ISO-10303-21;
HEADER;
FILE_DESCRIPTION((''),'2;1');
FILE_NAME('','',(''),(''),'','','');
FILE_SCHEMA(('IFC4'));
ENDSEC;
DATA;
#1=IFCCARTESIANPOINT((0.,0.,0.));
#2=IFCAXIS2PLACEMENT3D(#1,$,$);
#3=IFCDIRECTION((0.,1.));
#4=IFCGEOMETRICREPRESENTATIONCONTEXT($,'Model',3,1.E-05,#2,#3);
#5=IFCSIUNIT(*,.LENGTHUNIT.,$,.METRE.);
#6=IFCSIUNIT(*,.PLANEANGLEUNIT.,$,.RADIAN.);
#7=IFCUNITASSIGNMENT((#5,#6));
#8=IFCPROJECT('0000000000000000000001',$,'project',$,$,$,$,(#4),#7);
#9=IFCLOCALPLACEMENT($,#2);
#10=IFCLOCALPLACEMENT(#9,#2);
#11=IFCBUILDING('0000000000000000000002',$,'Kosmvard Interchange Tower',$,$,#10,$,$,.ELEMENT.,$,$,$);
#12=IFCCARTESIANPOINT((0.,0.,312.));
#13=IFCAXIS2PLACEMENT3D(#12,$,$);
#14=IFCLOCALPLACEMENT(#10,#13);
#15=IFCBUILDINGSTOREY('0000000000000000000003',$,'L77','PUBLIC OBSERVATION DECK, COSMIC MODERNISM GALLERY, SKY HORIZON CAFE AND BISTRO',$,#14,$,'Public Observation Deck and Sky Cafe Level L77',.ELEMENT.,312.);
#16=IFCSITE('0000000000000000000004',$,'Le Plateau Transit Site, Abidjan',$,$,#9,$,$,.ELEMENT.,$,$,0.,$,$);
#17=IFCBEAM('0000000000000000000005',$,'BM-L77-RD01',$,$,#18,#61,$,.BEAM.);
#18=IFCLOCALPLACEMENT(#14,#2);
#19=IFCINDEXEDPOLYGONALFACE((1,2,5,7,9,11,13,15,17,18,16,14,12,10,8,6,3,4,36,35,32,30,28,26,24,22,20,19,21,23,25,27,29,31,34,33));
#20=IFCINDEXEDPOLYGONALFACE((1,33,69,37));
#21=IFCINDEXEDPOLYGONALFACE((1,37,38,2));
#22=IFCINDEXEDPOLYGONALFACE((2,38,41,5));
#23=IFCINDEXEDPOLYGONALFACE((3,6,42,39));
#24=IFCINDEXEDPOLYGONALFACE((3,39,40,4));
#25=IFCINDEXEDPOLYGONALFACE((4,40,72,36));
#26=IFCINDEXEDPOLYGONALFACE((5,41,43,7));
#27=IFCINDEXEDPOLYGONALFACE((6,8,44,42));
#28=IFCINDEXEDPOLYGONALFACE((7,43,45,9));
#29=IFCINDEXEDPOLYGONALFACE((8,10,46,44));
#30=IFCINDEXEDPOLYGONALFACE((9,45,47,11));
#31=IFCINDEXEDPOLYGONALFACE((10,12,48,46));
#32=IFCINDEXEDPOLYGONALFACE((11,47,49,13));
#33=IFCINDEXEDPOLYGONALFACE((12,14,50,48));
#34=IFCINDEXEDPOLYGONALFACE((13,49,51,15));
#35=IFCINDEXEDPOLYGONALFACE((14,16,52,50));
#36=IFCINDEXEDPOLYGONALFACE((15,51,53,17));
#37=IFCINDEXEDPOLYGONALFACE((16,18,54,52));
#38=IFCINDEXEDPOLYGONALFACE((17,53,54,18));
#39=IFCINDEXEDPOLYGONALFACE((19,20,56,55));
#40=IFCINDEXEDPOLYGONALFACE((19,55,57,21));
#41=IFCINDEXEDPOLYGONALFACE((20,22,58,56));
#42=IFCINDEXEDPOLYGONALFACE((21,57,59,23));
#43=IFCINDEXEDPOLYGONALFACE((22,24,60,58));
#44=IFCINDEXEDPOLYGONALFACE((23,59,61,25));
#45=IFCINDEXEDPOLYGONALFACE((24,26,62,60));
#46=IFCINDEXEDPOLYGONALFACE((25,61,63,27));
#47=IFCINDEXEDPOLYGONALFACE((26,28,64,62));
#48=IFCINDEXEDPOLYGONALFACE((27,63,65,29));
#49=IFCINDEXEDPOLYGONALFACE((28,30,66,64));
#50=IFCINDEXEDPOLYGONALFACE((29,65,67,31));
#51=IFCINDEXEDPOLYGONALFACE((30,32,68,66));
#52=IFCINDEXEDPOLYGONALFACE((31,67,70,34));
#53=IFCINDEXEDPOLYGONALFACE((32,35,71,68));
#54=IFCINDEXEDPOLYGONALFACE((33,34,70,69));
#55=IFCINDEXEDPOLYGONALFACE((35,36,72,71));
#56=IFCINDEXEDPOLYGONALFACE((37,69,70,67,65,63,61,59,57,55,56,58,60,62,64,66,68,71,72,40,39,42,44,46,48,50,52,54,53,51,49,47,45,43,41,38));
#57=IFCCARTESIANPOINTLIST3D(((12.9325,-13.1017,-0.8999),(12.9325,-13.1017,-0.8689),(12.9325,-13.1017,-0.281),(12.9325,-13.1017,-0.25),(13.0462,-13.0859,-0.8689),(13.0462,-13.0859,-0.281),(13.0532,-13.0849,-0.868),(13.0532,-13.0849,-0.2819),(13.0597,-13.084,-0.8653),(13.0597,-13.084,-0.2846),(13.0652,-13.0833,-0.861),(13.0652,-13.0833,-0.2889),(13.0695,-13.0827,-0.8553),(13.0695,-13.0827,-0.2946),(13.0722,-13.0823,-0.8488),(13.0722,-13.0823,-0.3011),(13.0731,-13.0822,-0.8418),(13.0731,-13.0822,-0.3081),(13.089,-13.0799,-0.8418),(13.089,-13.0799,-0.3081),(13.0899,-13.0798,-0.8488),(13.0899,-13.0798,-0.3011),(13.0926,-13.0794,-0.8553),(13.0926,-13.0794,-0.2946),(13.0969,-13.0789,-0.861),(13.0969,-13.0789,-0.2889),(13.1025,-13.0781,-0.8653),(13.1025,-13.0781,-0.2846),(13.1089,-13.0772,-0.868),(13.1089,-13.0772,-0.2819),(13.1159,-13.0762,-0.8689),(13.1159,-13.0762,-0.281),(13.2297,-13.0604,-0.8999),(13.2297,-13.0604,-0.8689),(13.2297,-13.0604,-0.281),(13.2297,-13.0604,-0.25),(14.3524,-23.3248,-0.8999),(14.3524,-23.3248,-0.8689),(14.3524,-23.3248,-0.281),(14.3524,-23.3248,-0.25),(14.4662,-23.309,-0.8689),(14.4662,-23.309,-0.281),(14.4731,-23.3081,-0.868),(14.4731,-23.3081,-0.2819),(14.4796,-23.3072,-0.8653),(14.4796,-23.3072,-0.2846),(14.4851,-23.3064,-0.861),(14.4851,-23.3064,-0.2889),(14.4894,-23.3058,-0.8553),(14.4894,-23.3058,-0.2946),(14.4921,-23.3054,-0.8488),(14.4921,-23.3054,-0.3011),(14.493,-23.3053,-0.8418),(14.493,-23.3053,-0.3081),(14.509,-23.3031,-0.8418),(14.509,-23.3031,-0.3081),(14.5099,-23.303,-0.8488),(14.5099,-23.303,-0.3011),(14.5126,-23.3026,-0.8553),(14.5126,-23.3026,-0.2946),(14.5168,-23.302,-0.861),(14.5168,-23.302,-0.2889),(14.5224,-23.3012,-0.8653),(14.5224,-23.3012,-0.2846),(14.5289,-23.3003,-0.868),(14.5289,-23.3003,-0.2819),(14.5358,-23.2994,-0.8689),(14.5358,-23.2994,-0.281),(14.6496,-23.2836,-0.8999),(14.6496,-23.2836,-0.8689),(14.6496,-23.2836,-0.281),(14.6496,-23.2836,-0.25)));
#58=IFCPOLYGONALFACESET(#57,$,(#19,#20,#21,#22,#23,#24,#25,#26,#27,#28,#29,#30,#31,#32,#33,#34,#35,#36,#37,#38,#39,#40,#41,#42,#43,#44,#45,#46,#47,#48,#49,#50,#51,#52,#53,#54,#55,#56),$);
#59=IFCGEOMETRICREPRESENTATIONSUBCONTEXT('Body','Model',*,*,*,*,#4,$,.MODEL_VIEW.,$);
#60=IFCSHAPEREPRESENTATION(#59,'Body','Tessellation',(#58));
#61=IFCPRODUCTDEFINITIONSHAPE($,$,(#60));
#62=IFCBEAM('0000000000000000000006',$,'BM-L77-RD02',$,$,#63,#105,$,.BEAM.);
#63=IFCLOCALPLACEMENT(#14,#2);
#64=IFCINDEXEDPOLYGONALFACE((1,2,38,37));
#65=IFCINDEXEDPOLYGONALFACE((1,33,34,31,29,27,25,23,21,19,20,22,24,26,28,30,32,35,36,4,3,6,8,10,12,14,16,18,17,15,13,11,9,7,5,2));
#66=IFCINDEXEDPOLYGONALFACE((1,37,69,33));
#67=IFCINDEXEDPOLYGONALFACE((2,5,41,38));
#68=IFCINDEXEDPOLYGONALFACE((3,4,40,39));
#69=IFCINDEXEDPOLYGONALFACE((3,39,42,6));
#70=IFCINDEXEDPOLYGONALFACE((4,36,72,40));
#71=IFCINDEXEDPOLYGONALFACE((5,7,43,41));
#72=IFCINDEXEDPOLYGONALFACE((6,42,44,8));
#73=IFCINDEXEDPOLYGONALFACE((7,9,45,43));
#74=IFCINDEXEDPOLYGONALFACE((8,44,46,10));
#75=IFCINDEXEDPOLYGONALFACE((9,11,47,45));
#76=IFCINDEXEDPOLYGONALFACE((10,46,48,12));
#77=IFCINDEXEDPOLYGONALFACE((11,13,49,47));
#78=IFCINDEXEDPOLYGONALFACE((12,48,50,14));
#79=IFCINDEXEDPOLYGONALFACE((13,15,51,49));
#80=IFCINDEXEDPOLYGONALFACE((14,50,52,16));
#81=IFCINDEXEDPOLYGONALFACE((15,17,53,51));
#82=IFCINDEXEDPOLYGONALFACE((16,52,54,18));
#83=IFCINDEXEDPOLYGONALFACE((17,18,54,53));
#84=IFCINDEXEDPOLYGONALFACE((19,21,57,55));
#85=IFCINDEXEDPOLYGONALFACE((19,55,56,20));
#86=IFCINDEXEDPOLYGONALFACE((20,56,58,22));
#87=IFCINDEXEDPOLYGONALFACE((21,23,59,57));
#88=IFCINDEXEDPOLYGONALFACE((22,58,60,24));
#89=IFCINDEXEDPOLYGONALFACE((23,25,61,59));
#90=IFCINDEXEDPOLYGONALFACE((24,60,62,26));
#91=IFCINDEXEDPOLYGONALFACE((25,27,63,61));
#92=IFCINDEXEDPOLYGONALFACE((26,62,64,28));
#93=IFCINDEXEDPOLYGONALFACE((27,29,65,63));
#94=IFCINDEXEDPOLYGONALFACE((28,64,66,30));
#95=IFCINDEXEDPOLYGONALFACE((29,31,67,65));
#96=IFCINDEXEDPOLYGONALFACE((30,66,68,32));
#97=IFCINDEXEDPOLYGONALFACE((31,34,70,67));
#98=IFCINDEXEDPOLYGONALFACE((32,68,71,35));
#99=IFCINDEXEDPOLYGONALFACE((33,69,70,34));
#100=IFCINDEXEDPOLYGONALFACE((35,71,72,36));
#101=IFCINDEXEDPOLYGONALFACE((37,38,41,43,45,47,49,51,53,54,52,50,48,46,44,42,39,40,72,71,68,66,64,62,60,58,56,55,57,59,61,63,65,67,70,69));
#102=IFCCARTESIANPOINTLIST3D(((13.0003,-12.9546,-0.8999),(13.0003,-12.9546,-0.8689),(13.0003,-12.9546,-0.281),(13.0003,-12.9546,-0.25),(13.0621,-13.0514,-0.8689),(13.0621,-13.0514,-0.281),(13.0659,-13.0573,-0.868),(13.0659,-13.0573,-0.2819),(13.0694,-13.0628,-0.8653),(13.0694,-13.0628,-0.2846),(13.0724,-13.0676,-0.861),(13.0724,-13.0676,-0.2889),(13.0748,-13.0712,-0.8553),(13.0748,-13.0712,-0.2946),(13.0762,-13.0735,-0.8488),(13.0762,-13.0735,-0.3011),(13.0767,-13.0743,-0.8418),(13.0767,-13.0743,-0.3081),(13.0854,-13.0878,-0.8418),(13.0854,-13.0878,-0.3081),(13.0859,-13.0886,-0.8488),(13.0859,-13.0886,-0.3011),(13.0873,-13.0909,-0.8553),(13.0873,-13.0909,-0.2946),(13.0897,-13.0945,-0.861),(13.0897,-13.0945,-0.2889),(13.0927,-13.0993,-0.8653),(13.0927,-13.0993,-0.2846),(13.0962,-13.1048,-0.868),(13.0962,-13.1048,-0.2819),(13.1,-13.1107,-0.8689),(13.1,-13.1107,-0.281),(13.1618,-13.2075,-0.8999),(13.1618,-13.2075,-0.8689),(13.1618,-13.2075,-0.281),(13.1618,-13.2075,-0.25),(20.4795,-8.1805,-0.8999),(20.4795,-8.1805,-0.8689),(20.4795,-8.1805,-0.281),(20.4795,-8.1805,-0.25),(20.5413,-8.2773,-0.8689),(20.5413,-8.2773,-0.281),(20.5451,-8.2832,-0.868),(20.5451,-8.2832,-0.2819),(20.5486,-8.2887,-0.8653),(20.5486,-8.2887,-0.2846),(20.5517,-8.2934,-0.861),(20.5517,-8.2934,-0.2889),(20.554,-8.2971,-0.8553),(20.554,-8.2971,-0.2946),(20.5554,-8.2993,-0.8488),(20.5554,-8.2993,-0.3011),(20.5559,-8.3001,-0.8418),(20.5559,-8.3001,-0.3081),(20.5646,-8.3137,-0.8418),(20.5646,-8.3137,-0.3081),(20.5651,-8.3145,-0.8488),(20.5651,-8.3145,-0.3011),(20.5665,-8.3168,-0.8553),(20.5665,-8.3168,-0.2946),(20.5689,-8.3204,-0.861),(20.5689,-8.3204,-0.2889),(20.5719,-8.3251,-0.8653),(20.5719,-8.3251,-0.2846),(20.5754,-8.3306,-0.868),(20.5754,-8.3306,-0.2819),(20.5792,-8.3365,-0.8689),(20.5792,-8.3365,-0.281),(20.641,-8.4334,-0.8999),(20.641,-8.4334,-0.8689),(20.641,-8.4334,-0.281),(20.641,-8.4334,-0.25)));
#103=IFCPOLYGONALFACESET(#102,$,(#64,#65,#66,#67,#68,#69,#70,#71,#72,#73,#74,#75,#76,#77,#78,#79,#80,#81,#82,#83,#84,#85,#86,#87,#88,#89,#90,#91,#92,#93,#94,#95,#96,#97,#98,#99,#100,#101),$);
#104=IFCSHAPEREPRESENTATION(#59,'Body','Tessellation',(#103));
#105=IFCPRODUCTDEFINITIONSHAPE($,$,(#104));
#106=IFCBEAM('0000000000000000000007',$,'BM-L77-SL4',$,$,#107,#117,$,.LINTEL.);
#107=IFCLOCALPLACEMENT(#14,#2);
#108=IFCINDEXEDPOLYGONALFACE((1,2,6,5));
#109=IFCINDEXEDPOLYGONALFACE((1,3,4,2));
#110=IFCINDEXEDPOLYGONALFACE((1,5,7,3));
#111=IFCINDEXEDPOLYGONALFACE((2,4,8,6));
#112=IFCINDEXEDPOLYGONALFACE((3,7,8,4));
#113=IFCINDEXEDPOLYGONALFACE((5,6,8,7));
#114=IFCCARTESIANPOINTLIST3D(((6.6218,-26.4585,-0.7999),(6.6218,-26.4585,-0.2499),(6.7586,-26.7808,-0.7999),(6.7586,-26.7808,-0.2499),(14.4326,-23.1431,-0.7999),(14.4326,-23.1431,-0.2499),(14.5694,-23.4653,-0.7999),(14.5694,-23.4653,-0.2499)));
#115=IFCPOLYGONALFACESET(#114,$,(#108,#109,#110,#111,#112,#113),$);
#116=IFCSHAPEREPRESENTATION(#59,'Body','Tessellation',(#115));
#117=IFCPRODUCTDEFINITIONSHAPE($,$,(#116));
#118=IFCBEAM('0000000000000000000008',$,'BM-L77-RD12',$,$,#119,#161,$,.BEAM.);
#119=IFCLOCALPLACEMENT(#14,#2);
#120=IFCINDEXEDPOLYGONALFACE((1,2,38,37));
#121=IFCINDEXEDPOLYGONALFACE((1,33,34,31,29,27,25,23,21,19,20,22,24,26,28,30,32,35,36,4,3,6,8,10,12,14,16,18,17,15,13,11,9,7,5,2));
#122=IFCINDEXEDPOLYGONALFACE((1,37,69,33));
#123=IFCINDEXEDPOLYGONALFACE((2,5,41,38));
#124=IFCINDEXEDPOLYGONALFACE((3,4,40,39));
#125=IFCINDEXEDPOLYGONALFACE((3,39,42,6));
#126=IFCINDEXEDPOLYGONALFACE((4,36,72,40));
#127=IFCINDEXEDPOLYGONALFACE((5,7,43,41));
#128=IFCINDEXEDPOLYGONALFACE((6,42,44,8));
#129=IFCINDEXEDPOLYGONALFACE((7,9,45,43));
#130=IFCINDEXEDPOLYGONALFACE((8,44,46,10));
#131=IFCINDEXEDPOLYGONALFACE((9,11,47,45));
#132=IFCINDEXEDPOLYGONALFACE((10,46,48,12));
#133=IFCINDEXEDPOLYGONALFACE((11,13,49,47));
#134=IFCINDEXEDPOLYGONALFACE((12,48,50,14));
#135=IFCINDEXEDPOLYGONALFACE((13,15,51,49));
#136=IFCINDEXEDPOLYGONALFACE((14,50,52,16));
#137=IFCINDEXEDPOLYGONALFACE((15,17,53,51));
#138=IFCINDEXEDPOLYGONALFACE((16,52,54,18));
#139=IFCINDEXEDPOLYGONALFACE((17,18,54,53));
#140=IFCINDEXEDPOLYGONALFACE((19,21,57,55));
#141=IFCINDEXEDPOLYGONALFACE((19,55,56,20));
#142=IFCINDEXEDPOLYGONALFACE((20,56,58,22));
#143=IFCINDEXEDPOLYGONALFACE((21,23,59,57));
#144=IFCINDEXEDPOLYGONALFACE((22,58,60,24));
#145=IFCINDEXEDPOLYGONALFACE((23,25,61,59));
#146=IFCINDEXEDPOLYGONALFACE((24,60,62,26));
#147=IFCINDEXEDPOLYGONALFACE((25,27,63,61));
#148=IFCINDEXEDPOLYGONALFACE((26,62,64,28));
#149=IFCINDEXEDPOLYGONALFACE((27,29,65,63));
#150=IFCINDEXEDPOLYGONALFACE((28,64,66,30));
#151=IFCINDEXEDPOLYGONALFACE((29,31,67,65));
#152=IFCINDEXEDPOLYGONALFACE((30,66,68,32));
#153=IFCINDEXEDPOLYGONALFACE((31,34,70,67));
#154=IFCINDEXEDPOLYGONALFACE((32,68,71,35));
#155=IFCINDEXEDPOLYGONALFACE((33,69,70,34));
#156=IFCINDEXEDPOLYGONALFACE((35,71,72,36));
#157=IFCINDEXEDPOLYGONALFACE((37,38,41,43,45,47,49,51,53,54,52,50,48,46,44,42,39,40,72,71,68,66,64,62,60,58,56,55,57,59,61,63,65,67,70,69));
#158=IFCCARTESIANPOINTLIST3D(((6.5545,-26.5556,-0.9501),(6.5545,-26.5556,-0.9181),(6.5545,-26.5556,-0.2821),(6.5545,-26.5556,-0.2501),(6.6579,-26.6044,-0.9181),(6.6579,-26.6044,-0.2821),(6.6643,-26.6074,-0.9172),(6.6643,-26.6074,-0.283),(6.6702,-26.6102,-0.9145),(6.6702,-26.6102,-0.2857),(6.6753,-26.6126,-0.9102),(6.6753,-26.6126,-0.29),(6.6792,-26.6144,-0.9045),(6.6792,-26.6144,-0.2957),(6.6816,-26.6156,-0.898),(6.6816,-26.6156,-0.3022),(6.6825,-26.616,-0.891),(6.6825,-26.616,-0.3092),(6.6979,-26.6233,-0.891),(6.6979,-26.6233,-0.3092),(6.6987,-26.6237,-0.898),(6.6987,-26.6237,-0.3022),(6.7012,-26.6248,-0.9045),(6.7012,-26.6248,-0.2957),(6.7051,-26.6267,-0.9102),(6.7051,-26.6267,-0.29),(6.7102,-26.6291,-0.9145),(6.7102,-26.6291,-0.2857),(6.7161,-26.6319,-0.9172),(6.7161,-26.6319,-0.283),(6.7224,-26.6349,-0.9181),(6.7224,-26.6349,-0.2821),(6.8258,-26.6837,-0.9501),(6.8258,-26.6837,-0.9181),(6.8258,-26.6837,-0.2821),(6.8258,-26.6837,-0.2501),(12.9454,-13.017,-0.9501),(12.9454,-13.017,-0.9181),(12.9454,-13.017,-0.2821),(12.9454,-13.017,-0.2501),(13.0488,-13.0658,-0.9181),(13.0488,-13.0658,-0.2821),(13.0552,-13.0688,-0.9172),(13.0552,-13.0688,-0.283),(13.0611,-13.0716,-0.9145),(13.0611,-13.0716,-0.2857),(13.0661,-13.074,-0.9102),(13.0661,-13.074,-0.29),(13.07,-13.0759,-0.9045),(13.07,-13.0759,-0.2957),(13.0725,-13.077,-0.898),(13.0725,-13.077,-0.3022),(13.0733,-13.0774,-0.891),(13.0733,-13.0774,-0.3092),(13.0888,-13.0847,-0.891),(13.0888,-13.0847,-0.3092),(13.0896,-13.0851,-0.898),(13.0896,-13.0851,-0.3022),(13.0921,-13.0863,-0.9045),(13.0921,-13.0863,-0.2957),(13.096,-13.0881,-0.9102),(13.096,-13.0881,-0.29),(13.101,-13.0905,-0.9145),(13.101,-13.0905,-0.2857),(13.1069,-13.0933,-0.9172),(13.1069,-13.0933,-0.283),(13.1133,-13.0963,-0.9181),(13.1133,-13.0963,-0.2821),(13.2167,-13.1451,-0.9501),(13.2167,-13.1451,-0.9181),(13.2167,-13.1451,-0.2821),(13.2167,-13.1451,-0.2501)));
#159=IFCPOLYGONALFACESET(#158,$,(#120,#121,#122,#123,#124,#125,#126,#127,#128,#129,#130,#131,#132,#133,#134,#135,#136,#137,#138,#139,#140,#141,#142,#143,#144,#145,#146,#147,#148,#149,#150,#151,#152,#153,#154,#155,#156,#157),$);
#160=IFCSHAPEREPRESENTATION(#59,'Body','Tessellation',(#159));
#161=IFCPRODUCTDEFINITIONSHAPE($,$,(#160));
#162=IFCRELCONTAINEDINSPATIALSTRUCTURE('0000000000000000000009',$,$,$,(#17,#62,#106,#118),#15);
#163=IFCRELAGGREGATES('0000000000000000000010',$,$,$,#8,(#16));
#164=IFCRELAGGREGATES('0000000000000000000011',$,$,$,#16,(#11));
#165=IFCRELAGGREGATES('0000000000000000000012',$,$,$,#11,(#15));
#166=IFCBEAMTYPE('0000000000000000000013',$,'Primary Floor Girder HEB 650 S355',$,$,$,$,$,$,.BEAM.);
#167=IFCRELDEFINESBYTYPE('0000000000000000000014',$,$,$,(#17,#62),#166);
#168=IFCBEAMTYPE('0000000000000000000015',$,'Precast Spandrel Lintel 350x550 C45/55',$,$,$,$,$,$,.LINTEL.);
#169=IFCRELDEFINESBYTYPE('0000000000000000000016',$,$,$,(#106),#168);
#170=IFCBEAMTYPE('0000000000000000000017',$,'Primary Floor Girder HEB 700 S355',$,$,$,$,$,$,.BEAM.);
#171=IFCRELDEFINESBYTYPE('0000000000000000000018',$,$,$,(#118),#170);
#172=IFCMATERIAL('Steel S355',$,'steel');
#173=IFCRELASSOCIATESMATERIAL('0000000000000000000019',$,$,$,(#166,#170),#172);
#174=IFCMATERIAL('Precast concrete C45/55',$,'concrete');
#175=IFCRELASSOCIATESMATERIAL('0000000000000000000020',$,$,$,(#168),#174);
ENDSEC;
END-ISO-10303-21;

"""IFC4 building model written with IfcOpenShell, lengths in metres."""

from ifc_helpers import new_model, si_unit, direction, frame, origin, origin_2d, place, context, subcontext, project, spatial, rectangle, i_section, extrude, source, transform, mapped, material, material_profile, profile_set, type_object, element, save


model = new_model("IFC4")

# Units and contexts
model_context = context("Model", 3, precision=1e-05, world=origin(), true_north=direction((0.0, 1.0)))
body_context = subcontext(model_context, "Body", "Model", "MODEL_VIEW")
ifc_project = project(units=[si_unit("LENGTHUNIT", "METRE"), si_unit("PLANEANGLEUNIT", "RADIAN")], contexts=[model_context])

# Site, building, storey
site_placement = place(None, origin())
site = spatial("IfcSite", under=ifc_project, at=site_placement, Name="Le Plateau Transit Site, Abidjan", CompositionType="ELEMENT", RefElevation=0.0)
building_placement = place(site_placement, origin())
building = spatial("IfcBuilding", under=site, at=building_placement, Name="Kosmvard Interchange Tower", CompositionType="ELEMENT")
storey_placement = place(building_placement, frame((0.0, 0.0, 312.0)))
storey = spatial("IfcBuildingStorey", under=building, at=storey_placement, Name="L77", Description="PUBLIC OBSERVATION DECK, COSMIC MODERNISM GALLERY, SKY HORIZON CAFE AND BISTRO", LongName="Public Observation Deck and Sky Cafe Level L77", CompositionType="ELEMENT", Elevation=312.0)

# Beams
ifc_material_1 = material(Name="Steel S355", Category="steel")
ifc_material_profile_1 = material_profile(ifc_material_1, i_section(OverallWidth=0.3, OverallDepth=0.6499, WebThickness=0.0161, FlangeThickness=0.031, FilletRadius=0.0271, at=origin_2d()), Name="HEB 650")
ifc_profile_set_1 = profile_set([ifc_material_profile_1], Name="Steel S355")
beam_type_1 = type_object("IfcBeamType", Name="Primary Floor Girder HEB 650 S355", PredefinedType="BEAM", material=ifc_profile_set_1)
shared_shape_1 = source(origin(), body_context, "Body", "SweptSolid", [
    extrude(i_section(OverallWidth=0.3, OverallDepth=0.6499, WebThickness=0.0161, FlangeThickness=0.031, FilletRadius=0.0271, at=origin_2d()), origin(), (0.0, 0.0, 1.0), 10.3213),
])
beam_1_placement = place(storey_placement, frame((13.0811, -13.0811, -0.575), z_axis=(0.137572, -0.990492, 0.0), x_axis=(0.990492, 0.137572, 0.0)))
element("IfcBeam", 1, at=beam_1_placement, inside=storey, type_object=beam_type_1, Name="BM-L77-RD01", PredefinedType="BEAM", context=body_context, shape_type="MappedRepresentation", body=[
    mapped(shared_shape_1, transform((0.0, 0.0, 0.0), scale=1.0)),
])
shared_shape_2 = source(origin(), body_context, "Body", "SweptSolid", [
    extrude(i_section(OverallWidth=0.3, OverallDepth=0.6499, WebThickness=0.0161, FlangeThickness=0.031, FilletRadius=0.0271, at=origin_2d()), origin(), (0.0, 0.0, 1.0), 8.873),
])
beam_2_placement = place(storey_placement, frame((13.0811, -13.0811, -0.575), z_axis=(0.842913, 0.53805, 0.0), x_axis=(-0.53805, 0.842913, 0.0)))
element("IfcBeam", 2, at=beam_2_placement, inside=storey, type_object=beam_type_1, Name="BM-L77-RD02", PredefinedType="BEAM", context=body_context, shape_type="MappedRepresentation", body=[
    mapped(shared_shape_2, transform((0.0, 0.0, 0.0), scale=1.0)),
])
ifc_material_2 = material(Name="Precast concrete C45/55", Category="concrete")
ifc_material_profile_2 = material_profile(ifc_material_2, rectangle(XDim=0.3501, YDim=0.55, at=origin_2d()), Name="SL 350x550")
ifc_profile_set_2 = profile_set([ifc_material_profile_2], Name="Precast concrete C45/55")
beam_type_2 = type_object("IfcBeamType", Name="Precast Spandrel Lintel 350x550 C45/55", PredefinedType="LINTEL", material=ifc_profile_set_2)
shared_shape_3 = source(origin(), body_context, "Body", "SweptSolid", [
    extrude(rectangle(XDim=0.3501, YDim=0.55, at=origin_2d()), origin(), (0.0, 0.0, 1.0), 8.4854),
])
beam_3_placement = place(storey_placement, frame((6.6902, -26.6196, -0.5249), z_axis=(0.920507, 0.390726, 0.0), x_axis=(-0.390726, 0.920507, 0.0)))
element("IfcBeam", 3, at=beam_3_placement, inside=storey, type_object=beam_type_2, Name="BM-L77-SL4", PredefinedType="LINTEL", context=body_context, shape_type="MappedRepresentation", body=[
    mapped(shared_shape_3, transform((0.0, 0.0, 0.0), scale=1.0)),
])
ifc_material_profile_3 = material_profile(ifc_material_1, i_section(OverallWidth=0.3, OverallDepth=0.7, WebThickness=0.0171, FlangeThickness=0.032, FilletRadius=0.0271, at=origin_2d()), Name="HEB 700")
ifc_profile_set_3 = profile_set([ifc_material_profile_3], Name="Steel S355")
beam_type_3 = type_object("IfcBeamType", Name="Primary Floor Girder HEB 700 S355", PredefinedType="BEAM", material=ifc_profile_set_3)
shared_shape_4 = source(origin(), body_context, "Body", "SweptSolid", [
    extrude(i_section(OverallWidth=0.3, OverallDepth=0.7, WebThickness=0.0171, FlangeThickness=0.032, FilletRadius=0.0271, at=origin_2d()), origin(), (0.0, 0.0, 1.0), 14.9712),
])
beam_4_placement = place(storey_placement, frame((13.0811, -13.0811, -0.6001), z_axis=(-0.426878, -0.904309, 0.0), x_axis=(0.904309, -0.426878, 0.0)))
element("IfcBeam", 4, at=beam_4_placement, inside=storey, type_object=beam_type_3, Name="BM-L77-RD12", PredefinedType="BEAM", context=body_context, shape_type="MappedRepresentation", body=[
    mapped(shared_shape_4, transform((0.0, 0.0, 0.0), scale=1.0)),
])

save(model, "model.ifc")
